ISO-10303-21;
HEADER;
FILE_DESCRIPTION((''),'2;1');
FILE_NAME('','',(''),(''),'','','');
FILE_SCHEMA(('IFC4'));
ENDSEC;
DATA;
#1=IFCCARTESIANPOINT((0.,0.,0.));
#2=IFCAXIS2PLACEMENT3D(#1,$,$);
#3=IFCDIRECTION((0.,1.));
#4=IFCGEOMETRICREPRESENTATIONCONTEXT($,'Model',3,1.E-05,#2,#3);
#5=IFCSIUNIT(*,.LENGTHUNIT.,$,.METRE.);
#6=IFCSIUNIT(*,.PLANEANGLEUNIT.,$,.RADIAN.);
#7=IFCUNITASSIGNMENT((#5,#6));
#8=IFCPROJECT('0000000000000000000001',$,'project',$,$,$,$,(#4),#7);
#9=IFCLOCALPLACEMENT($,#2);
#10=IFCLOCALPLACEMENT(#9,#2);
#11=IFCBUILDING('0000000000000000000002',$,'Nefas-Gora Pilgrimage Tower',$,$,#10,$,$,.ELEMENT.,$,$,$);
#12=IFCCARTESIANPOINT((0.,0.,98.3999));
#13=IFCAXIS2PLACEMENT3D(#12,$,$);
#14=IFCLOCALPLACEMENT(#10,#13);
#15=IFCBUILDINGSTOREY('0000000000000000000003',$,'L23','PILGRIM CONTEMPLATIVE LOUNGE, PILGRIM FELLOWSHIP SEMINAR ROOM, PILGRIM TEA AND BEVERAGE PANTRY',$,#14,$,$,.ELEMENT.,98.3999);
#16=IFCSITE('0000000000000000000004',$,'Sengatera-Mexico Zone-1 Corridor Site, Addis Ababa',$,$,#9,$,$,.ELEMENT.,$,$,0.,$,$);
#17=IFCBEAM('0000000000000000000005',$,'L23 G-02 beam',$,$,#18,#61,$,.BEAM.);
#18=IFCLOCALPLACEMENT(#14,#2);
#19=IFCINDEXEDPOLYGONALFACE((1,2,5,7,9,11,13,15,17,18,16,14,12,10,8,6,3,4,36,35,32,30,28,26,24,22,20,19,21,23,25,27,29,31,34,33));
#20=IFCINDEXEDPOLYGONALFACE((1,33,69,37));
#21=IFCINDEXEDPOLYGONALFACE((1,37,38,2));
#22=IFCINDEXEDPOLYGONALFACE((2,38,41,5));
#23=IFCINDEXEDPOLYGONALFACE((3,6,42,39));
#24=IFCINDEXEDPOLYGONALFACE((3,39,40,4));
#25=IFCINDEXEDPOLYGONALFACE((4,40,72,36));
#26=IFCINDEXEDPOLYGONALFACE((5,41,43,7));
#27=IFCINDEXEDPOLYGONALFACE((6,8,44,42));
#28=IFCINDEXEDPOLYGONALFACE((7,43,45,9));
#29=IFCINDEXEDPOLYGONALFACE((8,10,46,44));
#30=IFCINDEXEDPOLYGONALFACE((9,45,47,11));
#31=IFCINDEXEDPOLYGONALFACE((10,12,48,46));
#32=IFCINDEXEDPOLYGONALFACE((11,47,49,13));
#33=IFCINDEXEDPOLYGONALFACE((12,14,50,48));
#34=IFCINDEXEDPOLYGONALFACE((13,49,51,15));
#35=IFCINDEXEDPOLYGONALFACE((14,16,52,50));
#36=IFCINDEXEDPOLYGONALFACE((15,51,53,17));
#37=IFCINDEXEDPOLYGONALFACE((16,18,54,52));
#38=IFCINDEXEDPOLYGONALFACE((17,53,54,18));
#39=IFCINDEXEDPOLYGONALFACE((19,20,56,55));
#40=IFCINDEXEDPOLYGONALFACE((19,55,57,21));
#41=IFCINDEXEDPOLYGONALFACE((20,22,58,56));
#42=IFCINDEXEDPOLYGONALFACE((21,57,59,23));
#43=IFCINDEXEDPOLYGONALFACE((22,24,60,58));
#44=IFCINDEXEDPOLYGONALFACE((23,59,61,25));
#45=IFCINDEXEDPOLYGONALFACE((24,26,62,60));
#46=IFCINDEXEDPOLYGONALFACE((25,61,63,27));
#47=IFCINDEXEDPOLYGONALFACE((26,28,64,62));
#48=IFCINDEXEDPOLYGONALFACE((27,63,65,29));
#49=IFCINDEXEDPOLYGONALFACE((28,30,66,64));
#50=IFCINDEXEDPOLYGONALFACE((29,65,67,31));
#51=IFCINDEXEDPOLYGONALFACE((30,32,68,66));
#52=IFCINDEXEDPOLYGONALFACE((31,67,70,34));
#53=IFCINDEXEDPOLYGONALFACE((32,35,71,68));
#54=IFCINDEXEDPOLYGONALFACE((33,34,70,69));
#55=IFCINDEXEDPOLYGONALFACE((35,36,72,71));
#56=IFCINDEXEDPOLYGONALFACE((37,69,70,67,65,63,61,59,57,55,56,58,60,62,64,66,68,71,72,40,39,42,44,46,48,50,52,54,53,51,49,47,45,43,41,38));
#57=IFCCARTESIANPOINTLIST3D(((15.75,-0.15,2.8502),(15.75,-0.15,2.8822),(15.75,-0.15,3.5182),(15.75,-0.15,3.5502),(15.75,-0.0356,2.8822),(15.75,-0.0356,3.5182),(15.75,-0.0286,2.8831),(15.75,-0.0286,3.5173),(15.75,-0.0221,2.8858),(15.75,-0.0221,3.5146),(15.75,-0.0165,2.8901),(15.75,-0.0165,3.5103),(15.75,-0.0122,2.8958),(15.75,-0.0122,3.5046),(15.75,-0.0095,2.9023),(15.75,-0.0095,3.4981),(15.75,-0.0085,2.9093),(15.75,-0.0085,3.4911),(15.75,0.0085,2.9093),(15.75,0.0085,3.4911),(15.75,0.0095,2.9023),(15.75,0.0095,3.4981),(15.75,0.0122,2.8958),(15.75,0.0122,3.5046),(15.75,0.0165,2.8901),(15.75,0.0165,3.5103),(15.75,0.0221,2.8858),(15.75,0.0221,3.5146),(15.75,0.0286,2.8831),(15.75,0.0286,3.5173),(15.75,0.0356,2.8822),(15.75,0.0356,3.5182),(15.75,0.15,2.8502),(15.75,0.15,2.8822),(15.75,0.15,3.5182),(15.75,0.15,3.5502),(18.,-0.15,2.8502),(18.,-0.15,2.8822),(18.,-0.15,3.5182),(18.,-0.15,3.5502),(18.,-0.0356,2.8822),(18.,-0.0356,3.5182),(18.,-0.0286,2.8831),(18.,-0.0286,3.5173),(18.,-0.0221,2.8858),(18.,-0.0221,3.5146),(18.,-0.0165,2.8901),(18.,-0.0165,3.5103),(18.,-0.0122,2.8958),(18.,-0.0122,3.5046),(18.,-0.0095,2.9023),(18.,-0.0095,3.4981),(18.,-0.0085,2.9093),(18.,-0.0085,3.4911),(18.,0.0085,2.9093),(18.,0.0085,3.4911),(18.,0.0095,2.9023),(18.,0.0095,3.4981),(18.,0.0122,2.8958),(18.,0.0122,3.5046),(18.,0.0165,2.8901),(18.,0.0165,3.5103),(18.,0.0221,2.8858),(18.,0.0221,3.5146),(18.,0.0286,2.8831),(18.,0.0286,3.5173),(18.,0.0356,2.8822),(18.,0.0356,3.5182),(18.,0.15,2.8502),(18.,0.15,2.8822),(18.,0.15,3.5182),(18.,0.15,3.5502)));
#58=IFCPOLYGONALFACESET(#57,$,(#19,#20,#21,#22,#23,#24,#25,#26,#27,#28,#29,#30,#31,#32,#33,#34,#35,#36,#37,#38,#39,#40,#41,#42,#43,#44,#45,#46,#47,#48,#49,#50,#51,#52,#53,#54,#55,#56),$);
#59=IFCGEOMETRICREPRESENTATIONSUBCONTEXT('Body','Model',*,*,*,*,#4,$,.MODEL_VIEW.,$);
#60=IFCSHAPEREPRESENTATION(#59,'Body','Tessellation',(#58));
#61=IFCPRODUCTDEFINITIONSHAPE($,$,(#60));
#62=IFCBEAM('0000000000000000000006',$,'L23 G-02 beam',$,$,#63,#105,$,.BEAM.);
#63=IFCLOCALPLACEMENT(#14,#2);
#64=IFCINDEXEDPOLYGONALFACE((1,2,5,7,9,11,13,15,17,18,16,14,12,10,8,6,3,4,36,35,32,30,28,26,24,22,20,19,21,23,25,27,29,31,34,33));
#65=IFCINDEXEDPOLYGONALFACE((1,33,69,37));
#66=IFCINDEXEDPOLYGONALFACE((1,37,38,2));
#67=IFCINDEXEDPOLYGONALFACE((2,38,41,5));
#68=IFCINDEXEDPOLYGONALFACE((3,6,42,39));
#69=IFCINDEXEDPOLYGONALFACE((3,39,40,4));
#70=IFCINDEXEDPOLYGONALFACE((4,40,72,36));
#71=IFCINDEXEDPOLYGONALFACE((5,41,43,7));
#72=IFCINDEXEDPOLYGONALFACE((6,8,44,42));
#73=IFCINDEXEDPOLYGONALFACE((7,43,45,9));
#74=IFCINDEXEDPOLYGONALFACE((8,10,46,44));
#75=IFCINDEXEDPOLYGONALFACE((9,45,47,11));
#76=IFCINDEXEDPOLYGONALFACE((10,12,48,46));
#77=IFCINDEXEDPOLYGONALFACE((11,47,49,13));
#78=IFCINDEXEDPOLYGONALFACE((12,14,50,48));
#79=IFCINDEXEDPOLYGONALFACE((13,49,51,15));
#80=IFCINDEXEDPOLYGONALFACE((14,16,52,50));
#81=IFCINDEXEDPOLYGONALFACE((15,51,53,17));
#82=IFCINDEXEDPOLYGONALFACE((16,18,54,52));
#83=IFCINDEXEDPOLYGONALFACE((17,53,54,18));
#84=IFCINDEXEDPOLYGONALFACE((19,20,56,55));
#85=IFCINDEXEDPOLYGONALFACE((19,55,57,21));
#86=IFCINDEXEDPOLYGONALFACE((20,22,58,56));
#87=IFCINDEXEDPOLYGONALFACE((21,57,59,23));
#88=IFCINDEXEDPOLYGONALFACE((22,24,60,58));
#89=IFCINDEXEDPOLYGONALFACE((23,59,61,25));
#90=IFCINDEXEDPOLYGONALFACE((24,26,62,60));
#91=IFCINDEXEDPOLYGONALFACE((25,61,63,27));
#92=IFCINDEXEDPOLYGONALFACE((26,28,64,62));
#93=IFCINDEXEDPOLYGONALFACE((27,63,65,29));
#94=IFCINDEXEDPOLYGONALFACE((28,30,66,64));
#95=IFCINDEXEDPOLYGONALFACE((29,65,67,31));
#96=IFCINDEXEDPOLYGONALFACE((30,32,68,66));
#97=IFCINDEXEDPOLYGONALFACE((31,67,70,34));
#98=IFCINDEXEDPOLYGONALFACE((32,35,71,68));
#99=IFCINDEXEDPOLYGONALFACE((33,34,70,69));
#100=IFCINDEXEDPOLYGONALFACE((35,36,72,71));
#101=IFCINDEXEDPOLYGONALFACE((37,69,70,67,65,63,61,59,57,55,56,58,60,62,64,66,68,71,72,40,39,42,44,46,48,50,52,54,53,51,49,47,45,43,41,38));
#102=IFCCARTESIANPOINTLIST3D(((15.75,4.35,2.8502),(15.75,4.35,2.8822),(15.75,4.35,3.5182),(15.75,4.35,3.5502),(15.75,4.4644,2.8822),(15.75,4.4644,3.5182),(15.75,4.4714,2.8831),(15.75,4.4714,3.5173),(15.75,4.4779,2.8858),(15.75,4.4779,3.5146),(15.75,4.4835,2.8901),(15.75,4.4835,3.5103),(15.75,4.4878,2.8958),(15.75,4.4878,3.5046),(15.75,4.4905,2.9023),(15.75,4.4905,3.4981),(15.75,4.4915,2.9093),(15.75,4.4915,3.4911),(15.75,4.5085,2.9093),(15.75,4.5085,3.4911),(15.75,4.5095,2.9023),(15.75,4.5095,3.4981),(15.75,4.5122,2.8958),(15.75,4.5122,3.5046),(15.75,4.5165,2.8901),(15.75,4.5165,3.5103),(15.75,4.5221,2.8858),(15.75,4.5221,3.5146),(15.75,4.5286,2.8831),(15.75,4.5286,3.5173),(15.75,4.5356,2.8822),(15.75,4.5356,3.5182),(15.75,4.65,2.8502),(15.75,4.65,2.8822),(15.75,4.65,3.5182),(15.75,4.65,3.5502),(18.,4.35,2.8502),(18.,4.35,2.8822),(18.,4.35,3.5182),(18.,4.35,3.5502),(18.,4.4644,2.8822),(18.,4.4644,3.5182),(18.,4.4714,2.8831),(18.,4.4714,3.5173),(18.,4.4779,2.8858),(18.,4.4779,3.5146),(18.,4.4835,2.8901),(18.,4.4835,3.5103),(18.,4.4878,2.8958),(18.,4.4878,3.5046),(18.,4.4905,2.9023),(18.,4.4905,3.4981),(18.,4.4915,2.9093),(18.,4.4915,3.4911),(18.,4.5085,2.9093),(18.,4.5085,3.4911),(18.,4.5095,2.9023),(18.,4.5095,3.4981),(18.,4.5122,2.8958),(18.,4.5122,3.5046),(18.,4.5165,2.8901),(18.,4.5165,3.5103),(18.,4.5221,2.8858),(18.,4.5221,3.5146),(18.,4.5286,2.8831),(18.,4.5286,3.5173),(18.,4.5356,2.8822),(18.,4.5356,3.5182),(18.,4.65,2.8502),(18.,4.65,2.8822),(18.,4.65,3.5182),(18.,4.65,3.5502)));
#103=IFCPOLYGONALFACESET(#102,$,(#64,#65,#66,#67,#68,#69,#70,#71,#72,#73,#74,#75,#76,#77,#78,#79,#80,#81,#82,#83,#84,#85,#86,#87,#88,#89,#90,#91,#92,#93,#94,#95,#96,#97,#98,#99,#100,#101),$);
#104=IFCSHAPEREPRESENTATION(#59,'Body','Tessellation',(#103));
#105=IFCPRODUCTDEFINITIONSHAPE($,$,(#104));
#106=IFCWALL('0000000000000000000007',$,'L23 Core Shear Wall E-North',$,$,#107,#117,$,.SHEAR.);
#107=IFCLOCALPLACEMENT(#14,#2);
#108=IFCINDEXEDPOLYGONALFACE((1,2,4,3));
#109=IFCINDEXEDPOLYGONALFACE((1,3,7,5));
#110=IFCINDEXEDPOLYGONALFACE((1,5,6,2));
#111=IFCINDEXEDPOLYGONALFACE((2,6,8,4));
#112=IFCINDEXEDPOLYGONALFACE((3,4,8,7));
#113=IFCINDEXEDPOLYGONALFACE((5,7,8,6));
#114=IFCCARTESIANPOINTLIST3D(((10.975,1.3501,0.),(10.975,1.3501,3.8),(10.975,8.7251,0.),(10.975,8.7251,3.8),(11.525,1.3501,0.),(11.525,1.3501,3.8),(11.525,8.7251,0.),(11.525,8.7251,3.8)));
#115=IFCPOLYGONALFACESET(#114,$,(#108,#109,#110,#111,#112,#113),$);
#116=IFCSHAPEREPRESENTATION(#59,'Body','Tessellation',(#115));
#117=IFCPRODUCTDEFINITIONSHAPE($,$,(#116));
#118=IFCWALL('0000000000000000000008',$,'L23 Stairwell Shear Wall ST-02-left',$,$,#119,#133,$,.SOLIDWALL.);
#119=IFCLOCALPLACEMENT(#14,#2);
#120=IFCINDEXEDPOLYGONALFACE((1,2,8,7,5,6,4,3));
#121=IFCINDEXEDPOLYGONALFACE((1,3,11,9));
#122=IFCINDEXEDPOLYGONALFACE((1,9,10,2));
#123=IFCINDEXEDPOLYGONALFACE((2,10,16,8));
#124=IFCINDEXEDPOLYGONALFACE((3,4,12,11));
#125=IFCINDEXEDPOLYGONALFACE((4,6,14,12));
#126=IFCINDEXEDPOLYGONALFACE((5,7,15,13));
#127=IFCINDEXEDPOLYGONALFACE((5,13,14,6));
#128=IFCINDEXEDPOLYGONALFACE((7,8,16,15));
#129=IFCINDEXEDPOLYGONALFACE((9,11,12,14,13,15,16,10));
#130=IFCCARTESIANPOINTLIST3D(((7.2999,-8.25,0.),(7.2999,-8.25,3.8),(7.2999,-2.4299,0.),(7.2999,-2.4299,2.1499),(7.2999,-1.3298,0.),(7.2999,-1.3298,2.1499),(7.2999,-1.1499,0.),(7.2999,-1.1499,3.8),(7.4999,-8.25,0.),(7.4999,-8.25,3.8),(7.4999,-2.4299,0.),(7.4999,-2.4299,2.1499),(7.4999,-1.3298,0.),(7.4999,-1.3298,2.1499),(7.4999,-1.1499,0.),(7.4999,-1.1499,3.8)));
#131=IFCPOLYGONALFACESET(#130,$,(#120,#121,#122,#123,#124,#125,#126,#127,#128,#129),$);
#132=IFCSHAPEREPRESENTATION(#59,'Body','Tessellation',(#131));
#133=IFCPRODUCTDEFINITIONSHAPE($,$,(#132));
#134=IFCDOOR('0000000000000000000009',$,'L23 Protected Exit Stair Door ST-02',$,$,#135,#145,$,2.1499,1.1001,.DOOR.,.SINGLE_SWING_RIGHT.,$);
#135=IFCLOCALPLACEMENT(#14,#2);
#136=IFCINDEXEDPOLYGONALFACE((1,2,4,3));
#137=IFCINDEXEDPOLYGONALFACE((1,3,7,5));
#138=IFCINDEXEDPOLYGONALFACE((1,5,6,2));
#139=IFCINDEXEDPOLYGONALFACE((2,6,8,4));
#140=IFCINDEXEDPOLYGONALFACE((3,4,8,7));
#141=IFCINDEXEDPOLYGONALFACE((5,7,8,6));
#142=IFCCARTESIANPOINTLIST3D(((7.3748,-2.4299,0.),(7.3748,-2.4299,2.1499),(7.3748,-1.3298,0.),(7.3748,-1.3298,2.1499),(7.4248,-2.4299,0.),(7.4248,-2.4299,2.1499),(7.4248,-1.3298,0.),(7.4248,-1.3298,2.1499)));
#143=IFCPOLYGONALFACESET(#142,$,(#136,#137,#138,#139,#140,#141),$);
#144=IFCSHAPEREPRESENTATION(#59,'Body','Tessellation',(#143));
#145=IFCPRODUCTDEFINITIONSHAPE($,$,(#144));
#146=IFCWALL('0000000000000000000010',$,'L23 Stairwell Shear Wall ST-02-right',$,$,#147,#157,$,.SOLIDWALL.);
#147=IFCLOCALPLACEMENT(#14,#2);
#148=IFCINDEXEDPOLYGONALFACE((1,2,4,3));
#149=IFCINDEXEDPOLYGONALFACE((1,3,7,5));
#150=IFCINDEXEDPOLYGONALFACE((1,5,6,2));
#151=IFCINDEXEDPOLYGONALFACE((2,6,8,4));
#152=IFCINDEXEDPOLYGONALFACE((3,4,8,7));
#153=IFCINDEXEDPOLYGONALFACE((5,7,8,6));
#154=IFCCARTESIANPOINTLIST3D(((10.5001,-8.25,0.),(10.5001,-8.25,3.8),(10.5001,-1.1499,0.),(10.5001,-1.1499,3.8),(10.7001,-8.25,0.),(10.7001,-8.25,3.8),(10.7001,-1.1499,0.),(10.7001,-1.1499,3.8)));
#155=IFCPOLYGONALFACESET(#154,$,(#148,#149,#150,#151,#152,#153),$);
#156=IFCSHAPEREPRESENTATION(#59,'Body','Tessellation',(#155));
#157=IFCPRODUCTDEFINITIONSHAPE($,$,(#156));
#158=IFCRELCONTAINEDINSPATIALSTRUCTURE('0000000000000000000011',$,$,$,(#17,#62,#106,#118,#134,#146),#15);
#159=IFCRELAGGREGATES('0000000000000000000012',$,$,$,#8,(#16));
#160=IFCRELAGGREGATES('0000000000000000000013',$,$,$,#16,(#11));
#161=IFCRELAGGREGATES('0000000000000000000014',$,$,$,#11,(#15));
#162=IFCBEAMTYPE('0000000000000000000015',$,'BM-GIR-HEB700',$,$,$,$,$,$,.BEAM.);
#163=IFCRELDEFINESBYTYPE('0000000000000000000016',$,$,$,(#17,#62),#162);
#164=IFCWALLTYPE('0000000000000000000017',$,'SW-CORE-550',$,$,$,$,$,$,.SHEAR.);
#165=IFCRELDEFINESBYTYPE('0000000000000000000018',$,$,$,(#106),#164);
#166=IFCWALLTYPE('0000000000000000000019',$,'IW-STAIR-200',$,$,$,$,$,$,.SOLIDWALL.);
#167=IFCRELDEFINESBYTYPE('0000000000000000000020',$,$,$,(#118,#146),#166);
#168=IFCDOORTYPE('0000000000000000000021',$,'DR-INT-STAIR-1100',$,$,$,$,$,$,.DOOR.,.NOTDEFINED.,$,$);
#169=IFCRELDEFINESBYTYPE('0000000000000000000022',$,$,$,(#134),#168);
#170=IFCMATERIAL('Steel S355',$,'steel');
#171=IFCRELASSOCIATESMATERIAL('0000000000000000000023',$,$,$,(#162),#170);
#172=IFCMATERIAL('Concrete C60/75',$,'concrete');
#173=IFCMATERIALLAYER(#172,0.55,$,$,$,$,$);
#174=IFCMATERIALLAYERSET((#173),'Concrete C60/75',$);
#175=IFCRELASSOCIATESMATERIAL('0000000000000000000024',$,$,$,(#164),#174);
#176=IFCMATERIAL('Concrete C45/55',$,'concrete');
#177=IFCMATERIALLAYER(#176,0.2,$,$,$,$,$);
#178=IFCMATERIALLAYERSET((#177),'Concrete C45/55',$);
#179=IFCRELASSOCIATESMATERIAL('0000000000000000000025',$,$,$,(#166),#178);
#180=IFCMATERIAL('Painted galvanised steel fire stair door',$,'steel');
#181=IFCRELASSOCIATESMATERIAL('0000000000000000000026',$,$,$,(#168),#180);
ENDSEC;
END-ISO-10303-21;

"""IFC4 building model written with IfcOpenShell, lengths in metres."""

from ifc_helpers import new_model, si_unit, direction, frame, frame_2d, origin, origin_2d, place, context, subcontext, project, spatial, rectangle, i_section, extrude, source, transform, mapped, material, layer, layer_set, material_profile, profile_set, type_object, element, fill, save


model = new_model("IFC4")

# Units and contexts
model_context = context("Model", 3, precision=1e-05, world=origin(), true_north=direction((0.0, 1.0)))
body_context = subcontext(model_context, "Body", "Model", "MODEL_VIEW")
ifc_project = project(units=[si_unit("LENGTHUNIT", "METRE"), si_unit("PLANEANGLEUNIT", "RADIAN")], contexts=[model_context])

# Site, building, storey
site_placement = place(None, origin())
site = spatial("IfcSite", under=ifc_project, at=site_placement, Name="Sengatera-Mexico Zone-1 Corridor Site, Addis Ababa", CompositionType="ELEMENT", RefElevation=0.0)
building_placement = place(site_placement, origin())
building = spatial("IfcBuilding", under=site, at=building_placement, Name="Nefas-Gora Pilgrimage Tower", CompositionType="ELEMENT")
storey_placement = place(building_placement, frame((0.0, 0.0, 98.3999)))
storey = spatial("IfcBuildingStorey", under=building, at=storey_placement, Name="L23", Description="PILGRIM CONTEMPLATIVE LOUNGE, PILGRIM FELLOWSHIP SEMINAR ROOM, PILGRIM TEA AND BEVERAGE PANTRY", CompositionType="ELEMENT", Elevation=98.3999)

# Beams
ifc_material_1 = material(Name="Steel S355", Category="steel")
ifc_material_profile_1 = material_profile(ifc_material_1, i_section(OverallWidth=0.3, OverallDepth=0.7, WebThickness=0.0171, FlangeThickness=0.032, FilletRadius=0.0271, at=origin_2d()), Name="HEB 700")
ifc_profile_set_1 = profile_set([ifc_material_profile_1], Name="Steel S355")
beam_type = type_object("IfcBeamType", Name="BM-GIR-HEB700", PredefinedType="BEAM", material=ifc_profile_set_1)
shared_shape_1 = source(origin(), body_context, "Body", "SweptSolid", [
    extrude(i_section(OverallWidth=0.3, OverallDepth=0.7, WebThickness=0.0171, FlangeThickness=0.032, FilletRadius=0.0271, at=origin_2d()), origin(), (0.0, 0.0, 1.0), 2.25),
])
for number, where, z_axis, x_axis, name in (
    (1, (15.75, 0.0, 3.2002), (1.0, 0.0, 0.0), (0.0, 1.0, 0.0), "L23 G-02 beam"),
    (2, (15.75, 4.5, 3.2002), (1.0, 0.0, 0.0), (0.0, 1.0, 0.0), "L23 G-02 beam"),
):
    element("IfcBeam", number, at=place(storey_placement, frame(where, z_axis=z_axis, x_axis=x_axis)), inside=storey, type_object=beam_type, Name=name, PredefinedType="BEAM", context=body_context, shape_type="MappedRepresentation", body=[
        mapped(shared_shape_1, transform((0.0, 0.0, 0.0), x_axis=(1.0, 0.0, 0.0), y_axis=(0.0, 1.0, 0.0), z_axis=(0.0, 0.0, 1.0), scale=1.0)),
    ])

# Wall
ifc_material_2 = material(Name="Concrete C60/75", Category="concrete")
ifc_layer_1 = layer(ifc_material_2, 0.55)
ifc_layer_set_1 = layer_set([ifc_layer_1], Name="Concrete C60/75")
wall_type_1 = type_object("IfcWallType", Name="SW-CORE-550", PredefinedType="SHEAR", material=ifc_layer_set_1)
shared_shape_2 = source(origin(), body_context, "Body", "SweptSolid", [
    extrude(rectangle(XDim=7.375, YDim=0.55, at=frame_2d((3.6875, 0.0))), origin(), (0.0, 0.0, 1.0), 3.8),
])
wall_1_placement = place(storey_placement, frame((11.25, 1.3501, 0.0), z_axis=(0.0, 0.0, 1.0), x_axis=(0.0, 1.0, 0.0)))
element("IfcWall", 3, at=wall_1_placement, inside=storey, type_object=wall_type_1, Name="L23 Core Shear Wall E-North", PredefinedType="SHEAR", context=body_context, shape_type="MappedRepresentation", body=[
    mapped(shared_shape_2, transform((0.0, 0.0, 0.0), x_axis=(1.0, 0.0, 0.0), y_axis=(0.0, 1.0, 0.0), z_axis=(0.0, 0.0, 1.0), scale=1.0)),
])

# Wall, opening, door
ifc_material_3 = material(Name="Concrete C45/55", Category="concrete")
ifc_layer_2 = layer(ifc_material_3, 0.2)
ifc_layer_set_2 = layer_set([ifc_layer_2], Name="Concrete C45/55")
wall_type_2 = type_object("IfcWallType", Name="IW-STAIR-200", PredefinedType="SOLIDWALL", material=ifc_layer_set_2)
shared_shape_3 = source(origin(), body_context, "Body", "SweptSolid", [
    extrude(rectangle(XDim=7.1001, YDim=0.2, at=frame_2d((3.55, 0.0))), origin(), (0.0, 0.0, 1.0), 3.8),
])
wall_2_placement = place(storey_placement, frame((7.3999, -1.1499, 0.0), z_axis=(0.0, 0.0, 1.0), x_axis=(0.0, -1.0, 0.0)))
wall_2 = element("IfcWall", 4, at=wall_2_placement, inside=storey, type_object=wall_type_2, Name="L23 Stairwell Shear Wall ST-02-left", PredefinedType="SOLIDWALL", context=body_context, shape_type="MappedRepresentation", body=[
    mapped(shared_shape_3, transform((0.0, 0.0, 0.0), x_axis=(1.0, 0.0, 0.0), y_axis=(0.0, 1.0, 0.0), z_axis=(0.0, 0.0, 1.0), scale=1.0)),
])
opening_1_placement = place(wall_2_placement, frame((0.1799, 0.0, 0.0)))
opening_1 = element("IfcOpeningElement", 5, at=opening_1_placement, cuts=wall_2, PredefinedType="OPENING", context=body_context, shape_type="SweptSolid", body=[
    extrude(rectangle(XDim=1.1001, YDim=2.1499, at=frame_2d((0.55, 1.075))), frame((0.0, 0.1099, 0.0), z_axis=(0.0, -1.0, 0.0), x_axis=(1.0, 0.0, 0.0)), (0.0, 0.0, 1.0), 0.22),
])
ifc_material_4 = material(Name="Painted galvanised steel fire stair door", Category="steel")
door_type_1 = type_object("IfcDoorType", Name="DR-INT-STAIR-1100", OperationType="NOTDEFINED", PredefinedType="DOOR", material=ifc_material_4)
shared_shape_4 = source(origin(), body_context, "Body", "SweptSolid", [
    extrude(rectangle(XDim=1.1001, YDim=2.1499, at=frame_2d((0.55, 1.075))), frame((0.0, 0.0249, 0.0), z_axis=(0.0, -1.0, 0.0), x_axis=(1.0, 0.0, 0.0)), (0.0, 0.0, 1.0), 0.05),
])
door_1_placement = place(opening_1_placement, origin())
door_1 = element("IfcDoor", 6, at=door_1_placement, inside=storey, type_object=door_type_1, Name="L23 Protected Exit Stair Door ST-02", OperationType="SINGLE_SWING_RIGHT", OverallHeight=2.1499, OverallWidth=1.1001, PredefinedType="DOOR", context=body_context, shape_type="MappedRepresentation", body=[
    mapped(shared_shape_4, transform((0.0, 0.0, 0.0), x_axis=(1.0, 0.0, 0.0), y_axis=(0.0, 1.0, 0.0), z_axis=(0.0, 0.0, 1.0), scale=1.0)),
])
fill(opening_1, door_1)

# Wall
wall_3_placement = place(storey_placement, frame((10.6001, -1.1499, 0.0), z_axis=(0.0, 0.0, 1.0), x_axis=(0.0, -1.0, 0.0)))
element("IfcWall", 7, at=wall_3_placement, inside=storey, type_object=wall_type_2, Name="L23 Stairwell Shear Wall ST-02-right", PredefinedType="SOLIDWALL", context=body_context, shape_type="MappedRepresentation", body=[
    mapped(shared_shape_3, transform((0.0, 0.0, 0.0), x_axis=(1.0, 0.0, 0.0), y_axis=(0.0, 1.0, 0.0), z_axis=(0.0, 0.0, 1.0), scale=1.0)),
])

save(model, "model.ifc")
